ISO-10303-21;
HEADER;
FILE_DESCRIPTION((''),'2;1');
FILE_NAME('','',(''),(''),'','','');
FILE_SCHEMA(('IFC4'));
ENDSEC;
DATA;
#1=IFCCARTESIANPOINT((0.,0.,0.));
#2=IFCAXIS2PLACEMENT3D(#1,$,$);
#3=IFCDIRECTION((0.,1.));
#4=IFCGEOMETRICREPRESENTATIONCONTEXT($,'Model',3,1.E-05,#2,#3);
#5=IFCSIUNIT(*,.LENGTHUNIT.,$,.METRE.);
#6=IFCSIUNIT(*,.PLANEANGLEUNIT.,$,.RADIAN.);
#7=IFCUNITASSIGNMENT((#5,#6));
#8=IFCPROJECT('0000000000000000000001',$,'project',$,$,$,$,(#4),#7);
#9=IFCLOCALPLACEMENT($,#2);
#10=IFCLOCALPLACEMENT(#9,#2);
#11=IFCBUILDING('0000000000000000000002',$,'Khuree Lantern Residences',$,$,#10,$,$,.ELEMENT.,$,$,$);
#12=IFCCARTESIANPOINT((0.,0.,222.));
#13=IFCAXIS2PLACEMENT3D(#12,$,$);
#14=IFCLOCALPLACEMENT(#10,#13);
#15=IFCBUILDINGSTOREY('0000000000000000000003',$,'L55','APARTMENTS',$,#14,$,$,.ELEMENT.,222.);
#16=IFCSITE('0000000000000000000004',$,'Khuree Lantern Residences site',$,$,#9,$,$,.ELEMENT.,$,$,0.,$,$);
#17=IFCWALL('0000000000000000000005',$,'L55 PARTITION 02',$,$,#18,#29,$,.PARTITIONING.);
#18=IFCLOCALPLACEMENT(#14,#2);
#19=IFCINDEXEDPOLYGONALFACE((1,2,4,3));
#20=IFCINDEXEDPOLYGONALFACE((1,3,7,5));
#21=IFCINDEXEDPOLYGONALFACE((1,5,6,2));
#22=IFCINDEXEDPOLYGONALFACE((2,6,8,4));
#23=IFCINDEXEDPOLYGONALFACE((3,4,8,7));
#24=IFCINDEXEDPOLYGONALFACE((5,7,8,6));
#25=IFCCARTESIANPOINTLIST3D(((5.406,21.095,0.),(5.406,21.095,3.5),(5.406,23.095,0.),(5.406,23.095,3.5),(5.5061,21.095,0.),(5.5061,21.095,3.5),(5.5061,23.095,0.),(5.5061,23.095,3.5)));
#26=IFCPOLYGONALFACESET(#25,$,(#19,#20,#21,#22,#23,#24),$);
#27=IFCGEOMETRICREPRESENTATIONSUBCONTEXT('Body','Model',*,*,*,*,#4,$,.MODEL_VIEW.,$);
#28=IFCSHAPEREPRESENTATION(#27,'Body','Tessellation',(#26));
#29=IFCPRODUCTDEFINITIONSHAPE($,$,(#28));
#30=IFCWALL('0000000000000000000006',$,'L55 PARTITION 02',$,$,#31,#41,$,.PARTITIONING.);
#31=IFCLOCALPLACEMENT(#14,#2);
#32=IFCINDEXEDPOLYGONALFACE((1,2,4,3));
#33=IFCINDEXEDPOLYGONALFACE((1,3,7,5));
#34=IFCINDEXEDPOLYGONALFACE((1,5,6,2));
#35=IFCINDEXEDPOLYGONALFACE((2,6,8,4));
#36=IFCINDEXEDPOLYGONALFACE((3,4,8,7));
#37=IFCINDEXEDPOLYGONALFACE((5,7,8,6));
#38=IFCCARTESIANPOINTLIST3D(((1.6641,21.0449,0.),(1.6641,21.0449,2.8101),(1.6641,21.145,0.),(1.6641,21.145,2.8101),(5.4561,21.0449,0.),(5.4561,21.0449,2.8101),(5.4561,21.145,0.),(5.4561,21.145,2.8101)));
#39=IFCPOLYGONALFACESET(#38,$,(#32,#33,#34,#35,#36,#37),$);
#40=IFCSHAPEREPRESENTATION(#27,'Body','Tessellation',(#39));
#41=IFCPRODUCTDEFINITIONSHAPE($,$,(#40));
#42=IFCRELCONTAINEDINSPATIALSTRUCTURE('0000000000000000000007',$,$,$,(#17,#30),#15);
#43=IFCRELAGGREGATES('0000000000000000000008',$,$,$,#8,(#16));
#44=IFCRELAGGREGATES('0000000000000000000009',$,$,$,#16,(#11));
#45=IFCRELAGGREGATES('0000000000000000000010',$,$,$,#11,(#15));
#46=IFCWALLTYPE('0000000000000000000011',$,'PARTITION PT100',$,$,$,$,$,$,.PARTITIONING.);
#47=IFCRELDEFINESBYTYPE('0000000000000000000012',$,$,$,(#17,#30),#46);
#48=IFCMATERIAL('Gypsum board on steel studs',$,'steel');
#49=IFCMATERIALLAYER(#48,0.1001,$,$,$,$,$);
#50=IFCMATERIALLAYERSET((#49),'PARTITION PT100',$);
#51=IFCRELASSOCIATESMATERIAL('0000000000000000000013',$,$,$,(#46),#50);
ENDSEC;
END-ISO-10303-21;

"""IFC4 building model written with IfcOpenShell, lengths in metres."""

from ifc_helpers import new_model, si_unit, direction, frame, frame_2d, origin, place, context, subcontext, project, spatial, rectangle, extrude, material, layer, layer_set, type_object, element, save


model = new_model("IFC4")

# Units and contexts
model_context = context("Model", 3, precision=1e-05, world=origin(), true_north=direction((0.0, 1.0)))
body_context = subcontext(model_context, "Body", "Model", "MODEL_VIEW")
ifc_project = project(units=[si_unit("LENGTHUNIT", "METRE"), si_unit("PLANEANGLEUNIT", "RADIAN")], contexts=[model_context])

# Site, building, storey
site_placement = place(None, origin())
site = spatial("IfcSite", under=ifc_project, at=site_placement, Name="Khuree Lantern Residences site", CompositionType="ELEMENT", RefElevation=0.0)
building_placement = place(site_placement, origin())
building = spatial("IfcBuilding", under=site, at=building_placement, Name="Khuree Lantern Residences", CompositionType="ELEMENT")
storey_placement = place(building_placement, frame((0.0, 0.0, 222.0)))
storey = spatial("IfcBuildingStorey", under=building, at=storey_placement, Name="L55", Description="APARTMENTS", CompositionType="ELEMENT", Elevation=222.0)

# Shared definitions
ifc_material_1 = material(Name="Gypsum board on steel studs", Category="steel")
ifc_layer_1 = layer(ifc_material_1, 0.1001)
ifc_layer_set_1 = layer_set([ifc_layer_1], Name="PARTITION PT100")
wall_type = type_object("IfcWallType", Name="PARTITION PT100", PredefinedType="PARTITIONING", material=ifc_layer_set_1)

# Walls
wall_1_placement = place(storey_placement, frame((5.4561, 21.095, 0.0), z_axis=(0.0, 0.0, 1.0), x_axis=(0.0, 1.0, 0.0)))
element("IfcWall", 1, at=wall_1_placement, inside=storey, type_object=wall_type, Name="L55 PARTITION 02", PredefinedType="PARTITIONING", context=body_context, shape_type="SweptSolid", body=[
    extrude(rectangle(XDim=2.0, YDim=0.1001, at=frame_2d((1.0, 0.0))), origin(), (0.0, 0.0, 1.0), 3.5),
])
wall_2_placement = place(storey_placement, frame((5.4561, 21.095, 0.0), z_axis=(0.0, 0.0, 1.0), x_axis=(-1.0, 0.0, 0.0)))
element("IfcWall", 2, at=wall_2_placement, inside=storey, type_object=wall_type, Name="L55 PARTITION 02", PredefinedType="PARTITIONING", context=body_context, shape_type="SweptSolid", body=[
    extrude(rectangle(XDim=3.792, YDim=0.1001, at=frame_2d((1.896, 0.0))), origin(), (0.0, 0.0, 1.0), 2.8101),
])

save(model, "model.ifc")
